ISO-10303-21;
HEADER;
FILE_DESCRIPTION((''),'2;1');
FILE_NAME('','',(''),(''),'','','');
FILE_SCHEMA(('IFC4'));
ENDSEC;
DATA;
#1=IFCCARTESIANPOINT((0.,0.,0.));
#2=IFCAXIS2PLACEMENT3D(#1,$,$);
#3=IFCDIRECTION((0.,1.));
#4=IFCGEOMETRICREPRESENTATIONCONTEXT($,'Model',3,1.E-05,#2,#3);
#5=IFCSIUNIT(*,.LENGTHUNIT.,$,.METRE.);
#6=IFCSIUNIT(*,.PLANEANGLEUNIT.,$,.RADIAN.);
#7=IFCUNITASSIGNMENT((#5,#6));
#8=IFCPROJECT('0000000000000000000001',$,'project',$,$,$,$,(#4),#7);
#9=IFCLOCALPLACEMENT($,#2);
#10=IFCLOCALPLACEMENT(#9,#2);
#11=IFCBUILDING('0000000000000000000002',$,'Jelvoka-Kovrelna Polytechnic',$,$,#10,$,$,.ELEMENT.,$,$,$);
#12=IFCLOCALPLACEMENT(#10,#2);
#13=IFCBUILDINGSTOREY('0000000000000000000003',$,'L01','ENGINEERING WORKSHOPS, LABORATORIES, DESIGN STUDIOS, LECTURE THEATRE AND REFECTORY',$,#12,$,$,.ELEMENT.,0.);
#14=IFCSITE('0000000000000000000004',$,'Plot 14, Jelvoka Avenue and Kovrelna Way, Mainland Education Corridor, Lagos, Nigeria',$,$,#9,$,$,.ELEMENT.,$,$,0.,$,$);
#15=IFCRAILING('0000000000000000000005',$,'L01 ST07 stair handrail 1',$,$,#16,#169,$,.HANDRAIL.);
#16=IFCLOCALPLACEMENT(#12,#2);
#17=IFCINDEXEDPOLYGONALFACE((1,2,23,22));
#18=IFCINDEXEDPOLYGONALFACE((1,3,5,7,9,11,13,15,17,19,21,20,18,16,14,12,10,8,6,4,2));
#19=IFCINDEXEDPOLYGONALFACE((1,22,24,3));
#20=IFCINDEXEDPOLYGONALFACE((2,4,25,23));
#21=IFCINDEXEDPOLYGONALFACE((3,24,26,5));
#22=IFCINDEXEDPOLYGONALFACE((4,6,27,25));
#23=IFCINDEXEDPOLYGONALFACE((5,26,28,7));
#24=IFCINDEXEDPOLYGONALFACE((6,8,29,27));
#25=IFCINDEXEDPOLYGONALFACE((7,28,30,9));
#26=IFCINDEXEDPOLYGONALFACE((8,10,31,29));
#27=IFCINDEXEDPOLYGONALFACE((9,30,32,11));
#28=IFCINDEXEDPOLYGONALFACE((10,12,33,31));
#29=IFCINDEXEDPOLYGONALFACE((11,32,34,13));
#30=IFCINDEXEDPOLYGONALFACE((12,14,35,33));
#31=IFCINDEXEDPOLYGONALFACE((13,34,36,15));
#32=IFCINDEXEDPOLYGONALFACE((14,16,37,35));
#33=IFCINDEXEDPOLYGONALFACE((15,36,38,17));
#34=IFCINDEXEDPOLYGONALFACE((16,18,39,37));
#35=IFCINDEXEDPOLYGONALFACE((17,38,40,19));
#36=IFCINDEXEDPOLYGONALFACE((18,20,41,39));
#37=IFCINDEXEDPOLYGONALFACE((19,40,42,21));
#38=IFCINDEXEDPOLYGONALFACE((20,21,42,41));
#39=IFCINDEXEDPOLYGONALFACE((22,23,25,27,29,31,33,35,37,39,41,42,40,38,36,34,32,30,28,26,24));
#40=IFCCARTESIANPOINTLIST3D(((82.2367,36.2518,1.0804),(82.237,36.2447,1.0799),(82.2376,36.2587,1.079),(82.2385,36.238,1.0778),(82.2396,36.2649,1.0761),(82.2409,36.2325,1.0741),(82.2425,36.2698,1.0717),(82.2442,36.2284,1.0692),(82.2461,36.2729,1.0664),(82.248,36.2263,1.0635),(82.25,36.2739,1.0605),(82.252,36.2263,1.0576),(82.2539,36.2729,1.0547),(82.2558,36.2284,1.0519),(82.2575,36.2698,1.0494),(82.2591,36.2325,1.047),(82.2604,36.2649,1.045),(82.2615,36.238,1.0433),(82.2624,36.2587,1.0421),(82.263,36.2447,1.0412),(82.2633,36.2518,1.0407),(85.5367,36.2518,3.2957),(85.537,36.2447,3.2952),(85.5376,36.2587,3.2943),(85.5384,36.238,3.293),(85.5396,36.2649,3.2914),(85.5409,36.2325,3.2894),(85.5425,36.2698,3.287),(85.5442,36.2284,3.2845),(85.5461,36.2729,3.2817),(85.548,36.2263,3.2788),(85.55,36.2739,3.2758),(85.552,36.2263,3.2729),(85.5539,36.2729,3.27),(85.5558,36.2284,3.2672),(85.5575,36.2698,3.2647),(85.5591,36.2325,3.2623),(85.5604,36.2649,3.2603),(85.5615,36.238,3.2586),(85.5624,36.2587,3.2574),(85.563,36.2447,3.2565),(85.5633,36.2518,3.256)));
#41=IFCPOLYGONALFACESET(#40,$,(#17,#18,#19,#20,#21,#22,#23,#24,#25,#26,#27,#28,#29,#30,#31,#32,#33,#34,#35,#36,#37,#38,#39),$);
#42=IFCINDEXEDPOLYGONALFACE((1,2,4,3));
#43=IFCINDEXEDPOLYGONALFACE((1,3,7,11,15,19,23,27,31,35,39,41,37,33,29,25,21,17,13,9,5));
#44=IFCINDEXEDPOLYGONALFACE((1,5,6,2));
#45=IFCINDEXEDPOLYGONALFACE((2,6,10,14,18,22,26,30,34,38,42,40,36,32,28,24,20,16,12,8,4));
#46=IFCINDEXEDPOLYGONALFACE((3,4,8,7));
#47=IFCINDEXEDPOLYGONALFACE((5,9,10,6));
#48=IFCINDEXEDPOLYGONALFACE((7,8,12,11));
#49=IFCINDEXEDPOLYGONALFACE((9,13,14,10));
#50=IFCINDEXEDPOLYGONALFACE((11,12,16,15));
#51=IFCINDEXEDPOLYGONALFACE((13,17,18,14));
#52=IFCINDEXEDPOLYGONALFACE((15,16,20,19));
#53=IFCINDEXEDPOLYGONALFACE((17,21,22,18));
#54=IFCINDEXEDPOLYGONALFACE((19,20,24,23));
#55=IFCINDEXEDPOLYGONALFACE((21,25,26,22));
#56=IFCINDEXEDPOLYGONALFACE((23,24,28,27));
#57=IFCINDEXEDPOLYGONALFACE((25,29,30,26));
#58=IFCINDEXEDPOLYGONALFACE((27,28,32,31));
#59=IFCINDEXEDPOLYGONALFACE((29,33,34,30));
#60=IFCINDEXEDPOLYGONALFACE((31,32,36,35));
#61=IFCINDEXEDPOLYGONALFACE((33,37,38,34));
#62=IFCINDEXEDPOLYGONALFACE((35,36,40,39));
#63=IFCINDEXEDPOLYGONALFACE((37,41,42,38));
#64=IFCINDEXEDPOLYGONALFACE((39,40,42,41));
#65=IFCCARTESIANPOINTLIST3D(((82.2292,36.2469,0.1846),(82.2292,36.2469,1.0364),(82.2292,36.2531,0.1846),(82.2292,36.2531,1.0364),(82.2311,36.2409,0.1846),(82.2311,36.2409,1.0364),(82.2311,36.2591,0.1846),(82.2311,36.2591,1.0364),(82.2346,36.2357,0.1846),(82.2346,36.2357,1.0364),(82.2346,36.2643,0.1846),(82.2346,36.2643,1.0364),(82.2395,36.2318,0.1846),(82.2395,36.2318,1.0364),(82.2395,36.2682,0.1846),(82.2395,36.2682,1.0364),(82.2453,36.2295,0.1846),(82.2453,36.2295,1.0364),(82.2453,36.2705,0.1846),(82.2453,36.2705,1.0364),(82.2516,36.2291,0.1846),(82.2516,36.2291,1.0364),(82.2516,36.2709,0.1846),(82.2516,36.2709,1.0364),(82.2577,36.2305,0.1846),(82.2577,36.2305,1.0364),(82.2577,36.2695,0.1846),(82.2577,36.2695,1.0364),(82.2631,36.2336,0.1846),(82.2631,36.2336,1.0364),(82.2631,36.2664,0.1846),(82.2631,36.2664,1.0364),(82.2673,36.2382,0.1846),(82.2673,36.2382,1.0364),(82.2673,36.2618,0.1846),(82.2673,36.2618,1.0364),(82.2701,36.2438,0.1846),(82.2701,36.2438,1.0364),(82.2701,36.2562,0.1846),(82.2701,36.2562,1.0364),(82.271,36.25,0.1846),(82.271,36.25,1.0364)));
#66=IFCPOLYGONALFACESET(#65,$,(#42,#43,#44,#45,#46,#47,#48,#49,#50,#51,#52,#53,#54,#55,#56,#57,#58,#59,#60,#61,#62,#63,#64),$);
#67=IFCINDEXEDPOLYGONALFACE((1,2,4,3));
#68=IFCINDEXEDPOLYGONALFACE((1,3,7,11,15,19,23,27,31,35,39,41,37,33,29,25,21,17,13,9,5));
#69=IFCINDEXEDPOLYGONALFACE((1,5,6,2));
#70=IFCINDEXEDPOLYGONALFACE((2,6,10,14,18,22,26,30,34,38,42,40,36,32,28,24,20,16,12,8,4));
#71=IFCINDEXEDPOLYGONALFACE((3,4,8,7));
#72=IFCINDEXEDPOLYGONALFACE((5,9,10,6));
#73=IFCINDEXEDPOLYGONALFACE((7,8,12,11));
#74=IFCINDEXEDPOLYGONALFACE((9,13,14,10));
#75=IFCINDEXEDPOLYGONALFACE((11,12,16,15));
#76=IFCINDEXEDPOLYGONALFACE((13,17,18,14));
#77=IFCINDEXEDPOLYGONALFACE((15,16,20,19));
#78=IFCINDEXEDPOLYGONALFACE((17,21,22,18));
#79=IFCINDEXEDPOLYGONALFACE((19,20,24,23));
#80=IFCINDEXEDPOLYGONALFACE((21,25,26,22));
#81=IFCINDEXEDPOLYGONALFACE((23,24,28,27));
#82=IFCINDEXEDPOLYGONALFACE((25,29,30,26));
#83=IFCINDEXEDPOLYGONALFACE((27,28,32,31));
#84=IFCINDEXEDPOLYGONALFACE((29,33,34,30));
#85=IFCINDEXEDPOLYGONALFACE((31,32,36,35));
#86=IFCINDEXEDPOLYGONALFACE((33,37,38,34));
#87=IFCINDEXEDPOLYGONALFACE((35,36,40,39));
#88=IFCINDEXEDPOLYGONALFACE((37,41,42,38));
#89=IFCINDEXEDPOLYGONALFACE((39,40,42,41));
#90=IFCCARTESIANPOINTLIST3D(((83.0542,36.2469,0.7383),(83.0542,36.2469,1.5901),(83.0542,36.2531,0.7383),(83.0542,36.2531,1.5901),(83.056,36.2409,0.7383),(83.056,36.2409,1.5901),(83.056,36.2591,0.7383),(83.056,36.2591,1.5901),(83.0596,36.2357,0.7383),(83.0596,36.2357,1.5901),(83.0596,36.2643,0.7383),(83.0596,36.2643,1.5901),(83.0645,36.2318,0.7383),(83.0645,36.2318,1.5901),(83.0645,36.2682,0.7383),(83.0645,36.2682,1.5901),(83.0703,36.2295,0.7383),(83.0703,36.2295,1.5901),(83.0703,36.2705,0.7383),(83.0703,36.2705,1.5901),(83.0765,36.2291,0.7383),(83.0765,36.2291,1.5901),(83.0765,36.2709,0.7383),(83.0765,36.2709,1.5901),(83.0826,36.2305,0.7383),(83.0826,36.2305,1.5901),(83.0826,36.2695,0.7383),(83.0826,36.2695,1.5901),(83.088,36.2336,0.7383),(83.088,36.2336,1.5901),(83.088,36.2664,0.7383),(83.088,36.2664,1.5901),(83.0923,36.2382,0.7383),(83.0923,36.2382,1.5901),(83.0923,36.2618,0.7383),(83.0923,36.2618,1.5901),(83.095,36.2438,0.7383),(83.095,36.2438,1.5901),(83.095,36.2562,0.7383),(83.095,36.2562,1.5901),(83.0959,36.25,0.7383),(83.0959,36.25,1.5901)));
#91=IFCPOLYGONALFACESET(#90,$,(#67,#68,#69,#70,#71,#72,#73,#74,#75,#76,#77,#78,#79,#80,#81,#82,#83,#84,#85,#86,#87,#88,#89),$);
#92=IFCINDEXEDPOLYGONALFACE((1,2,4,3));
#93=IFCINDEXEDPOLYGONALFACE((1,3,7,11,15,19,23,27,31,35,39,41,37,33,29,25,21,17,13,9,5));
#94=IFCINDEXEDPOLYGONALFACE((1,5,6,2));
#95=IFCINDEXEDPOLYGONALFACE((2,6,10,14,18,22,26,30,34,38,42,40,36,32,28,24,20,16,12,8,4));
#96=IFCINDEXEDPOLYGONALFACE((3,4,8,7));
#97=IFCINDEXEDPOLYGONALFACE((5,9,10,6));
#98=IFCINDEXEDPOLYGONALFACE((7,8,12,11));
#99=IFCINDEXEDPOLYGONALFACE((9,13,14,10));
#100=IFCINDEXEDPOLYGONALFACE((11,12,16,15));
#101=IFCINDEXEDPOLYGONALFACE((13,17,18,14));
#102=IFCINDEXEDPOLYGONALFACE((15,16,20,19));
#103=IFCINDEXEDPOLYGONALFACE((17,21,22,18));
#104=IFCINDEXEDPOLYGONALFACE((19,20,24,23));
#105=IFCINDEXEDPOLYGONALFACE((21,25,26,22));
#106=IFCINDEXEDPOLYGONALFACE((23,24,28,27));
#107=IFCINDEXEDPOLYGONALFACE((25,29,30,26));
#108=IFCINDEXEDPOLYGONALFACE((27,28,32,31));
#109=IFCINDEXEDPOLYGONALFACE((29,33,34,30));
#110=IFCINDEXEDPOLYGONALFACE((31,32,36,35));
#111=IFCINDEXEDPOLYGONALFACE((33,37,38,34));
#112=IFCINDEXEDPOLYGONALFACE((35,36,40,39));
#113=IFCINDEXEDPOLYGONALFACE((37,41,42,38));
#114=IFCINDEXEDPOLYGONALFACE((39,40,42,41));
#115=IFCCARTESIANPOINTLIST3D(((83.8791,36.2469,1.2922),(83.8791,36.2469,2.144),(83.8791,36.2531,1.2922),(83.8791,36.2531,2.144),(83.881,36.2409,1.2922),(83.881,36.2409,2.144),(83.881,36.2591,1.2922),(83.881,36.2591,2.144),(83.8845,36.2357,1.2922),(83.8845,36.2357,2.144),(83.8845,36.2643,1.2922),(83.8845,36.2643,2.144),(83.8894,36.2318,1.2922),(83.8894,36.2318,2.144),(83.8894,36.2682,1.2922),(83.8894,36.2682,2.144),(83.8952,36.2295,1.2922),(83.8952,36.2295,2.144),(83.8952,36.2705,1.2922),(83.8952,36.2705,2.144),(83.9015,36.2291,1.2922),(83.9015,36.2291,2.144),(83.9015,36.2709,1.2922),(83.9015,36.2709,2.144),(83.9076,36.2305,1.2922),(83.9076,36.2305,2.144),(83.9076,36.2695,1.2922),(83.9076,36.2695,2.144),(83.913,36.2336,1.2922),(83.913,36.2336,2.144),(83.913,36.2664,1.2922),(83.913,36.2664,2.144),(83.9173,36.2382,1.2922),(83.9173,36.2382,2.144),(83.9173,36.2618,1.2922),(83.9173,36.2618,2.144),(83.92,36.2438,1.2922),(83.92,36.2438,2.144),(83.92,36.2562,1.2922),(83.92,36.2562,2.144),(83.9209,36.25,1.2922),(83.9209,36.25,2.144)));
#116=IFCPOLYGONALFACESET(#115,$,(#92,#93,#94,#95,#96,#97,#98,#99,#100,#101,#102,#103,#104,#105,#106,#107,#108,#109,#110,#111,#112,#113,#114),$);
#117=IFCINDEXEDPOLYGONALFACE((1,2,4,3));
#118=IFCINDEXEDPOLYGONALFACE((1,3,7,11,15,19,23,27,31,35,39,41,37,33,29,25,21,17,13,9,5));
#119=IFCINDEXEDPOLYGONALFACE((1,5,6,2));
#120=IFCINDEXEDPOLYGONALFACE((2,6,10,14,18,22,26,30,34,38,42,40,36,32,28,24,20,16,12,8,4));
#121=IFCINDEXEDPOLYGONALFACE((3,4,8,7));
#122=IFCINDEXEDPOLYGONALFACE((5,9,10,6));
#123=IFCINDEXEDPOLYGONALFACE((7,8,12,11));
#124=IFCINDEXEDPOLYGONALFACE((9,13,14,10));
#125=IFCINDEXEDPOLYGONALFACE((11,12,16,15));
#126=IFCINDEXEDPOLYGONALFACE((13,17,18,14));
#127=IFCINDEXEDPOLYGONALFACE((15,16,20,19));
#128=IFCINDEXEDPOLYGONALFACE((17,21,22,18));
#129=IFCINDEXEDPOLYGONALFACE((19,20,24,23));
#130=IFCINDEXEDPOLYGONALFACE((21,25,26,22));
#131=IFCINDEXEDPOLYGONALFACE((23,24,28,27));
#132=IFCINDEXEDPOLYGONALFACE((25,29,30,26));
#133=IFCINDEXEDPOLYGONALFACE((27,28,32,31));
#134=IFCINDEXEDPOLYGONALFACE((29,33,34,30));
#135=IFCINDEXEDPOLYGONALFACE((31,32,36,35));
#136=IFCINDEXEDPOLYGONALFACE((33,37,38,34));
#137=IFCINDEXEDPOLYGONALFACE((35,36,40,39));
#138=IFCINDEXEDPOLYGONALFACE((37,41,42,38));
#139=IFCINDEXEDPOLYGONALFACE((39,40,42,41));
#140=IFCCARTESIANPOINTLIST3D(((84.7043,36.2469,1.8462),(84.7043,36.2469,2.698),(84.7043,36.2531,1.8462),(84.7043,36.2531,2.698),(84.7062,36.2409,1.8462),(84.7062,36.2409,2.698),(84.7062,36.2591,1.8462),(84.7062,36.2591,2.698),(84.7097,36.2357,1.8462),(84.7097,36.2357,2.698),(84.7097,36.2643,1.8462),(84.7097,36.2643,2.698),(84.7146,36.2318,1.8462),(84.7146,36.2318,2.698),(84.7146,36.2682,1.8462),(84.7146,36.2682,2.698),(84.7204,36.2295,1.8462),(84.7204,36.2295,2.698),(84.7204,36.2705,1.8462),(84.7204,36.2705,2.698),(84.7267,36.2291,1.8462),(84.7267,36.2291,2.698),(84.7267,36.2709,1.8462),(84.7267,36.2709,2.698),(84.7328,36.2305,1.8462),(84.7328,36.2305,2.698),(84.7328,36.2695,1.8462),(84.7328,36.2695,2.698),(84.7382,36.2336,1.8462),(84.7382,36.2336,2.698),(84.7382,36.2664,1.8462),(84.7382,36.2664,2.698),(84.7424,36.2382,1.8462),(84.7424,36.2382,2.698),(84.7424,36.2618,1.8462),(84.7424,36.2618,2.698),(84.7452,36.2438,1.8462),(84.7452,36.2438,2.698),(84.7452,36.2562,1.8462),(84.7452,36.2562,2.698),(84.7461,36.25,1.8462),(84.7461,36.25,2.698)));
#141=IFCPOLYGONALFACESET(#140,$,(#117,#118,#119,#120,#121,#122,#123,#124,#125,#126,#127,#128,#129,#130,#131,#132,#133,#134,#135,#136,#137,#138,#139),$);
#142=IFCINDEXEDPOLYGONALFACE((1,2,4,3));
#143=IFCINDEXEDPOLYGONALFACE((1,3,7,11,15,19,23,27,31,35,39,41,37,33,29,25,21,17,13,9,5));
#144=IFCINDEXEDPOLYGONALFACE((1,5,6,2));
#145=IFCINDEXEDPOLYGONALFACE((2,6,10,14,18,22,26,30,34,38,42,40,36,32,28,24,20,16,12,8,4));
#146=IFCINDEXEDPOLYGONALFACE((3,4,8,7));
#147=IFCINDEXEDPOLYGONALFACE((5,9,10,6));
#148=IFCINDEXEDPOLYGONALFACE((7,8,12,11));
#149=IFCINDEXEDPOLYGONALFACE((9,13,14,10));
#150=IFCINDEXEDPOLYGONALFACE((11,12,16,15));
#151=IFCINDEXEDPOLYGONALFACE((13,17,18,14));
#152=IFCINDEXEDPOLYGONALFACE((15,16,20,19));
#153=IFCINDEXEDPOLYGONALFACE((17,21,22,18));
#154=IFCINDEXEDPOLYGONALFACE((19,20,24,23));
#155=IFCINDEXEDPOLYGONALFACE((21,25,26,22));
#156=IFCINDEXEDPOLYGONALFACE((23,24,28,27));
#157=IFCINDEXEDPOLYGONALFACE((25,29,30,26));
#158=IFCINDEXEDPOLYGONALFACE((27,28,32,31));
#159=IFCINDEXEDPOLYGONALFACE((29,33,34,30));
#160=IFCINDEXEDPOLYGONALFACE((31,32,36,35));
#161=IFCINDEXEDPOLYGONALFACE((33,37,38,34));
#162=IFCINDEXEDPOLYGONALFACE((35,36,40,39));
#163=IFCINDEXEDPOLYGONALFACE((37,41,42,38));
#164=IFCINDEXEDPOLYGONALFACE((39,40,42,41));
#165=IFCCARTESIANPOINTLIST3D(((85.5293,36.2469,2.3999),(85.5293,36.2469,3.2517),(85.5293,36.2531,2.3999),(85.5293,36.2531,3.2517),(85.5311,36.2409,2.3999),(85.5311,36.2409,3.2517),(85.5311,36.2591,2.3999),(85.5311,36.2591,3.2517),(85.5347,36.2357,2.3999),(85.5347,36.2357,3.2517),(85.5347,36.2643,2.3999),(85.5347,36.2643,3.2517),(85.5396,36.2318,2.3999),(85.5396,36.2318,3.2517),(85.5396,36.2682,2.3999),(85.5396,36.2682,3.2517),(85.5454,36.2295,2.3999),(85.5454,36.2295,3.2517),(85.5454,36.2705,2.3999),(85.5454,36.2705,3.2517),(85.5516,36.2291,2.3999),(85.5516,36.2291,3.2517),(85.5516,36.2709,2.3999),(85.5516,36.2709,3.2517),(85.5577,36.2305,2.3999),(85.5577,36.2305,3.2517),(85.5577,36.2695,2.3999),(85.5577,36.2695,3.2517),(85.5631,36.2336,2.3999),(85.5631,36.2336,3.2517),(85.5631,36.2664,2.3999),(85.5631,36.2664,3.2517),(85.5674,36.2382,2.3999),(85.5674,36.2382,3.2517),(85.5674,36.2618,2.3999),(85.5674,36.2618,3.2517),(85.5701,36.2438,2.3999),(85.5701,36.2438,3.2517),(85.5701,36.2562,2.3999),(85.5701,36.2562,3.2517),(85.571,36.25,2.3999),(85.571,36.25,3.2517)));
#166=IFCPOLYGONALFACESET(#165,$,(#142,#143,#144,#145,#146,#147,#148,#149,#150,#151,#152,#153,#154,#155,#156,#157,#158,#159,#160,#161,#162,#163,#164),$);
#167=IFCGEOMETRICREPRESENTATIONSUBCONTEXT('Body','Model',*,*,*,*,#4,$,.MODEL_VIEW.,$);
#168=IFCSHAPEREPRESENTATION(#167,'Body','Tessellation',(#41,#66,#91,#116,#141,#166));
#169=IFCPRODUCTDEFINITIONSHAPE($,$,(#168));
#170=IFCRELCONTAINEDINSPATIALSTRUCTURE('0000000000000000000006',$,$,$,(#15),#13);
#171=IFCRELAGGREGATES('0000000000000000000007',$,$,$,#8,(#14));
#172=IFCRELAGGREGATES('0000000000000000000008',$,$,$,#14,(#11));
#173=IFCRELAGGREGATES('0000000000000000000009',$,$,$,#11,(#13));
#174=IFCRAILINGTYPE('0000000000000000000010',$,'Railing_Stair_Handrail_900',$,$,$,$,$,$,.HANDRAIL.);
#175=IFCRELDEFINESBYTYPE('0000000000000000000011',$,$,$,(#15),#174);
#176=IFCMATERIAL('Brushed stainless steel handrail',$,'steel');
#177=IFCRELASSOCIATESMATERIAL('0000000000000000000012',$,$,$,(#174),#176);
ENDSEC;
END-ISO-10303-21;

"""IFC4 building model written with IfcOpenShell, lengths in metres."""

from ifc_helpers import new_model, si_unit, direction, frame, origin, origin_2d, place, context, subcontext, project, spatial, circle, extrude, material, type_object, element, save


model = new_model("IFC4")

# Units and contexts
model_context = context("Model", 3, precision=1e-05, world=origin(), true_north=direction((0.0, 1.0)))
body_context = subcontext(model_context, "Body", "Model", "MODEL_VIEW")
ifc_project = project(units=[si_unit("LENGTHUNIT", "METRE"), si_unit("PLANEANGLEUNIT", "RADIAN")], contexts=[model_context])

# Site, building, storey
site_placement = place(None, origin())
site = spatial("IfcSite", under=ifc_project, at=site_placement, Name="Plot 14, Jelvoka Avenue and Kovrelna Way, Mainland Education Corridor, Lagos, Nigeria", CompositionType="ELEMENT", RefElevation=0.0)
building_placement = place(site_placement, origin())
building = spatial("IfcBuilding", under=site, at=building_placement, Name="Jelvoka-Kovrelna Polytechnic", CompositionType="ELEMENT")
storey_placement = place(building_placement, origin())
storey = spatial("IfcBuildingStorey", under=building, at=storey_placement, Name="L01", Description="ENGINEERING WORKSHOPS, LABORATORIES, DESIGN STUDIOS, LECTURE THEATRE AND REFECTORY", CompositionType="ELEMENT", Elevation=0.0)

# Railing
ifc_material_1 = material(Name="Brushed stainless steel handrail", Category="steel")
railing_type_1 = type_object("IfcRailingType", Name="Railing_Stair_Handrail_900", PredefinedType="HANDRAIL", material=ifc_material_1)
railing_1_placement = place(storey_placement, frame((82.25, 36.25, 0.1846)))
element("IfcRailing", 1, at=railing_1_placement, inside=storey, type_object=railing_type_1, Name="L01 ST07 stair handrail 1", PredefinedType="HANDRAIL", context=body_context, shape_type="SweptSolid", body=[
    extrude(circle(Radius=0.0239, at=origin_2d()), frame((0.0, 0.0, 0.876), z_axis=(0.830269, 0.0, 0.557362), x_axis=(0.0, 1.0, 0.0)), (0.0, 0.0, 1.0), 3.9746),
    extrude(circle(Radius=0.021, at=origin_2d()), origin(), (0.0, 0.0, 1.0), 0.8518),
    extrude(circle(Radius=0.021, at=origin_2d()), frame((0.825, 0.0, 0.5537)), (0.0, 0.0, 1.0), 0.8518),
    extrude(circle(Radius=0.021, at=origin_2d()), frame((1.6499, 0.0, 1.1077)), (0.0, 0.0, 1.0), 0.8518),
    extrude(circle(Radius=0.021, at=origin_2d()), frame((2.4751, 0.0, 1.6616)), (0.0, 0.0, 1.0), 0.8518),
    extrude(circle(Radius=0.021, at=origin_2d()), frame((3.3, 0.0, 2.2153)), (0.0, 0.0, 1.0), 0.8518),
])

save(model, "model.ifc")
